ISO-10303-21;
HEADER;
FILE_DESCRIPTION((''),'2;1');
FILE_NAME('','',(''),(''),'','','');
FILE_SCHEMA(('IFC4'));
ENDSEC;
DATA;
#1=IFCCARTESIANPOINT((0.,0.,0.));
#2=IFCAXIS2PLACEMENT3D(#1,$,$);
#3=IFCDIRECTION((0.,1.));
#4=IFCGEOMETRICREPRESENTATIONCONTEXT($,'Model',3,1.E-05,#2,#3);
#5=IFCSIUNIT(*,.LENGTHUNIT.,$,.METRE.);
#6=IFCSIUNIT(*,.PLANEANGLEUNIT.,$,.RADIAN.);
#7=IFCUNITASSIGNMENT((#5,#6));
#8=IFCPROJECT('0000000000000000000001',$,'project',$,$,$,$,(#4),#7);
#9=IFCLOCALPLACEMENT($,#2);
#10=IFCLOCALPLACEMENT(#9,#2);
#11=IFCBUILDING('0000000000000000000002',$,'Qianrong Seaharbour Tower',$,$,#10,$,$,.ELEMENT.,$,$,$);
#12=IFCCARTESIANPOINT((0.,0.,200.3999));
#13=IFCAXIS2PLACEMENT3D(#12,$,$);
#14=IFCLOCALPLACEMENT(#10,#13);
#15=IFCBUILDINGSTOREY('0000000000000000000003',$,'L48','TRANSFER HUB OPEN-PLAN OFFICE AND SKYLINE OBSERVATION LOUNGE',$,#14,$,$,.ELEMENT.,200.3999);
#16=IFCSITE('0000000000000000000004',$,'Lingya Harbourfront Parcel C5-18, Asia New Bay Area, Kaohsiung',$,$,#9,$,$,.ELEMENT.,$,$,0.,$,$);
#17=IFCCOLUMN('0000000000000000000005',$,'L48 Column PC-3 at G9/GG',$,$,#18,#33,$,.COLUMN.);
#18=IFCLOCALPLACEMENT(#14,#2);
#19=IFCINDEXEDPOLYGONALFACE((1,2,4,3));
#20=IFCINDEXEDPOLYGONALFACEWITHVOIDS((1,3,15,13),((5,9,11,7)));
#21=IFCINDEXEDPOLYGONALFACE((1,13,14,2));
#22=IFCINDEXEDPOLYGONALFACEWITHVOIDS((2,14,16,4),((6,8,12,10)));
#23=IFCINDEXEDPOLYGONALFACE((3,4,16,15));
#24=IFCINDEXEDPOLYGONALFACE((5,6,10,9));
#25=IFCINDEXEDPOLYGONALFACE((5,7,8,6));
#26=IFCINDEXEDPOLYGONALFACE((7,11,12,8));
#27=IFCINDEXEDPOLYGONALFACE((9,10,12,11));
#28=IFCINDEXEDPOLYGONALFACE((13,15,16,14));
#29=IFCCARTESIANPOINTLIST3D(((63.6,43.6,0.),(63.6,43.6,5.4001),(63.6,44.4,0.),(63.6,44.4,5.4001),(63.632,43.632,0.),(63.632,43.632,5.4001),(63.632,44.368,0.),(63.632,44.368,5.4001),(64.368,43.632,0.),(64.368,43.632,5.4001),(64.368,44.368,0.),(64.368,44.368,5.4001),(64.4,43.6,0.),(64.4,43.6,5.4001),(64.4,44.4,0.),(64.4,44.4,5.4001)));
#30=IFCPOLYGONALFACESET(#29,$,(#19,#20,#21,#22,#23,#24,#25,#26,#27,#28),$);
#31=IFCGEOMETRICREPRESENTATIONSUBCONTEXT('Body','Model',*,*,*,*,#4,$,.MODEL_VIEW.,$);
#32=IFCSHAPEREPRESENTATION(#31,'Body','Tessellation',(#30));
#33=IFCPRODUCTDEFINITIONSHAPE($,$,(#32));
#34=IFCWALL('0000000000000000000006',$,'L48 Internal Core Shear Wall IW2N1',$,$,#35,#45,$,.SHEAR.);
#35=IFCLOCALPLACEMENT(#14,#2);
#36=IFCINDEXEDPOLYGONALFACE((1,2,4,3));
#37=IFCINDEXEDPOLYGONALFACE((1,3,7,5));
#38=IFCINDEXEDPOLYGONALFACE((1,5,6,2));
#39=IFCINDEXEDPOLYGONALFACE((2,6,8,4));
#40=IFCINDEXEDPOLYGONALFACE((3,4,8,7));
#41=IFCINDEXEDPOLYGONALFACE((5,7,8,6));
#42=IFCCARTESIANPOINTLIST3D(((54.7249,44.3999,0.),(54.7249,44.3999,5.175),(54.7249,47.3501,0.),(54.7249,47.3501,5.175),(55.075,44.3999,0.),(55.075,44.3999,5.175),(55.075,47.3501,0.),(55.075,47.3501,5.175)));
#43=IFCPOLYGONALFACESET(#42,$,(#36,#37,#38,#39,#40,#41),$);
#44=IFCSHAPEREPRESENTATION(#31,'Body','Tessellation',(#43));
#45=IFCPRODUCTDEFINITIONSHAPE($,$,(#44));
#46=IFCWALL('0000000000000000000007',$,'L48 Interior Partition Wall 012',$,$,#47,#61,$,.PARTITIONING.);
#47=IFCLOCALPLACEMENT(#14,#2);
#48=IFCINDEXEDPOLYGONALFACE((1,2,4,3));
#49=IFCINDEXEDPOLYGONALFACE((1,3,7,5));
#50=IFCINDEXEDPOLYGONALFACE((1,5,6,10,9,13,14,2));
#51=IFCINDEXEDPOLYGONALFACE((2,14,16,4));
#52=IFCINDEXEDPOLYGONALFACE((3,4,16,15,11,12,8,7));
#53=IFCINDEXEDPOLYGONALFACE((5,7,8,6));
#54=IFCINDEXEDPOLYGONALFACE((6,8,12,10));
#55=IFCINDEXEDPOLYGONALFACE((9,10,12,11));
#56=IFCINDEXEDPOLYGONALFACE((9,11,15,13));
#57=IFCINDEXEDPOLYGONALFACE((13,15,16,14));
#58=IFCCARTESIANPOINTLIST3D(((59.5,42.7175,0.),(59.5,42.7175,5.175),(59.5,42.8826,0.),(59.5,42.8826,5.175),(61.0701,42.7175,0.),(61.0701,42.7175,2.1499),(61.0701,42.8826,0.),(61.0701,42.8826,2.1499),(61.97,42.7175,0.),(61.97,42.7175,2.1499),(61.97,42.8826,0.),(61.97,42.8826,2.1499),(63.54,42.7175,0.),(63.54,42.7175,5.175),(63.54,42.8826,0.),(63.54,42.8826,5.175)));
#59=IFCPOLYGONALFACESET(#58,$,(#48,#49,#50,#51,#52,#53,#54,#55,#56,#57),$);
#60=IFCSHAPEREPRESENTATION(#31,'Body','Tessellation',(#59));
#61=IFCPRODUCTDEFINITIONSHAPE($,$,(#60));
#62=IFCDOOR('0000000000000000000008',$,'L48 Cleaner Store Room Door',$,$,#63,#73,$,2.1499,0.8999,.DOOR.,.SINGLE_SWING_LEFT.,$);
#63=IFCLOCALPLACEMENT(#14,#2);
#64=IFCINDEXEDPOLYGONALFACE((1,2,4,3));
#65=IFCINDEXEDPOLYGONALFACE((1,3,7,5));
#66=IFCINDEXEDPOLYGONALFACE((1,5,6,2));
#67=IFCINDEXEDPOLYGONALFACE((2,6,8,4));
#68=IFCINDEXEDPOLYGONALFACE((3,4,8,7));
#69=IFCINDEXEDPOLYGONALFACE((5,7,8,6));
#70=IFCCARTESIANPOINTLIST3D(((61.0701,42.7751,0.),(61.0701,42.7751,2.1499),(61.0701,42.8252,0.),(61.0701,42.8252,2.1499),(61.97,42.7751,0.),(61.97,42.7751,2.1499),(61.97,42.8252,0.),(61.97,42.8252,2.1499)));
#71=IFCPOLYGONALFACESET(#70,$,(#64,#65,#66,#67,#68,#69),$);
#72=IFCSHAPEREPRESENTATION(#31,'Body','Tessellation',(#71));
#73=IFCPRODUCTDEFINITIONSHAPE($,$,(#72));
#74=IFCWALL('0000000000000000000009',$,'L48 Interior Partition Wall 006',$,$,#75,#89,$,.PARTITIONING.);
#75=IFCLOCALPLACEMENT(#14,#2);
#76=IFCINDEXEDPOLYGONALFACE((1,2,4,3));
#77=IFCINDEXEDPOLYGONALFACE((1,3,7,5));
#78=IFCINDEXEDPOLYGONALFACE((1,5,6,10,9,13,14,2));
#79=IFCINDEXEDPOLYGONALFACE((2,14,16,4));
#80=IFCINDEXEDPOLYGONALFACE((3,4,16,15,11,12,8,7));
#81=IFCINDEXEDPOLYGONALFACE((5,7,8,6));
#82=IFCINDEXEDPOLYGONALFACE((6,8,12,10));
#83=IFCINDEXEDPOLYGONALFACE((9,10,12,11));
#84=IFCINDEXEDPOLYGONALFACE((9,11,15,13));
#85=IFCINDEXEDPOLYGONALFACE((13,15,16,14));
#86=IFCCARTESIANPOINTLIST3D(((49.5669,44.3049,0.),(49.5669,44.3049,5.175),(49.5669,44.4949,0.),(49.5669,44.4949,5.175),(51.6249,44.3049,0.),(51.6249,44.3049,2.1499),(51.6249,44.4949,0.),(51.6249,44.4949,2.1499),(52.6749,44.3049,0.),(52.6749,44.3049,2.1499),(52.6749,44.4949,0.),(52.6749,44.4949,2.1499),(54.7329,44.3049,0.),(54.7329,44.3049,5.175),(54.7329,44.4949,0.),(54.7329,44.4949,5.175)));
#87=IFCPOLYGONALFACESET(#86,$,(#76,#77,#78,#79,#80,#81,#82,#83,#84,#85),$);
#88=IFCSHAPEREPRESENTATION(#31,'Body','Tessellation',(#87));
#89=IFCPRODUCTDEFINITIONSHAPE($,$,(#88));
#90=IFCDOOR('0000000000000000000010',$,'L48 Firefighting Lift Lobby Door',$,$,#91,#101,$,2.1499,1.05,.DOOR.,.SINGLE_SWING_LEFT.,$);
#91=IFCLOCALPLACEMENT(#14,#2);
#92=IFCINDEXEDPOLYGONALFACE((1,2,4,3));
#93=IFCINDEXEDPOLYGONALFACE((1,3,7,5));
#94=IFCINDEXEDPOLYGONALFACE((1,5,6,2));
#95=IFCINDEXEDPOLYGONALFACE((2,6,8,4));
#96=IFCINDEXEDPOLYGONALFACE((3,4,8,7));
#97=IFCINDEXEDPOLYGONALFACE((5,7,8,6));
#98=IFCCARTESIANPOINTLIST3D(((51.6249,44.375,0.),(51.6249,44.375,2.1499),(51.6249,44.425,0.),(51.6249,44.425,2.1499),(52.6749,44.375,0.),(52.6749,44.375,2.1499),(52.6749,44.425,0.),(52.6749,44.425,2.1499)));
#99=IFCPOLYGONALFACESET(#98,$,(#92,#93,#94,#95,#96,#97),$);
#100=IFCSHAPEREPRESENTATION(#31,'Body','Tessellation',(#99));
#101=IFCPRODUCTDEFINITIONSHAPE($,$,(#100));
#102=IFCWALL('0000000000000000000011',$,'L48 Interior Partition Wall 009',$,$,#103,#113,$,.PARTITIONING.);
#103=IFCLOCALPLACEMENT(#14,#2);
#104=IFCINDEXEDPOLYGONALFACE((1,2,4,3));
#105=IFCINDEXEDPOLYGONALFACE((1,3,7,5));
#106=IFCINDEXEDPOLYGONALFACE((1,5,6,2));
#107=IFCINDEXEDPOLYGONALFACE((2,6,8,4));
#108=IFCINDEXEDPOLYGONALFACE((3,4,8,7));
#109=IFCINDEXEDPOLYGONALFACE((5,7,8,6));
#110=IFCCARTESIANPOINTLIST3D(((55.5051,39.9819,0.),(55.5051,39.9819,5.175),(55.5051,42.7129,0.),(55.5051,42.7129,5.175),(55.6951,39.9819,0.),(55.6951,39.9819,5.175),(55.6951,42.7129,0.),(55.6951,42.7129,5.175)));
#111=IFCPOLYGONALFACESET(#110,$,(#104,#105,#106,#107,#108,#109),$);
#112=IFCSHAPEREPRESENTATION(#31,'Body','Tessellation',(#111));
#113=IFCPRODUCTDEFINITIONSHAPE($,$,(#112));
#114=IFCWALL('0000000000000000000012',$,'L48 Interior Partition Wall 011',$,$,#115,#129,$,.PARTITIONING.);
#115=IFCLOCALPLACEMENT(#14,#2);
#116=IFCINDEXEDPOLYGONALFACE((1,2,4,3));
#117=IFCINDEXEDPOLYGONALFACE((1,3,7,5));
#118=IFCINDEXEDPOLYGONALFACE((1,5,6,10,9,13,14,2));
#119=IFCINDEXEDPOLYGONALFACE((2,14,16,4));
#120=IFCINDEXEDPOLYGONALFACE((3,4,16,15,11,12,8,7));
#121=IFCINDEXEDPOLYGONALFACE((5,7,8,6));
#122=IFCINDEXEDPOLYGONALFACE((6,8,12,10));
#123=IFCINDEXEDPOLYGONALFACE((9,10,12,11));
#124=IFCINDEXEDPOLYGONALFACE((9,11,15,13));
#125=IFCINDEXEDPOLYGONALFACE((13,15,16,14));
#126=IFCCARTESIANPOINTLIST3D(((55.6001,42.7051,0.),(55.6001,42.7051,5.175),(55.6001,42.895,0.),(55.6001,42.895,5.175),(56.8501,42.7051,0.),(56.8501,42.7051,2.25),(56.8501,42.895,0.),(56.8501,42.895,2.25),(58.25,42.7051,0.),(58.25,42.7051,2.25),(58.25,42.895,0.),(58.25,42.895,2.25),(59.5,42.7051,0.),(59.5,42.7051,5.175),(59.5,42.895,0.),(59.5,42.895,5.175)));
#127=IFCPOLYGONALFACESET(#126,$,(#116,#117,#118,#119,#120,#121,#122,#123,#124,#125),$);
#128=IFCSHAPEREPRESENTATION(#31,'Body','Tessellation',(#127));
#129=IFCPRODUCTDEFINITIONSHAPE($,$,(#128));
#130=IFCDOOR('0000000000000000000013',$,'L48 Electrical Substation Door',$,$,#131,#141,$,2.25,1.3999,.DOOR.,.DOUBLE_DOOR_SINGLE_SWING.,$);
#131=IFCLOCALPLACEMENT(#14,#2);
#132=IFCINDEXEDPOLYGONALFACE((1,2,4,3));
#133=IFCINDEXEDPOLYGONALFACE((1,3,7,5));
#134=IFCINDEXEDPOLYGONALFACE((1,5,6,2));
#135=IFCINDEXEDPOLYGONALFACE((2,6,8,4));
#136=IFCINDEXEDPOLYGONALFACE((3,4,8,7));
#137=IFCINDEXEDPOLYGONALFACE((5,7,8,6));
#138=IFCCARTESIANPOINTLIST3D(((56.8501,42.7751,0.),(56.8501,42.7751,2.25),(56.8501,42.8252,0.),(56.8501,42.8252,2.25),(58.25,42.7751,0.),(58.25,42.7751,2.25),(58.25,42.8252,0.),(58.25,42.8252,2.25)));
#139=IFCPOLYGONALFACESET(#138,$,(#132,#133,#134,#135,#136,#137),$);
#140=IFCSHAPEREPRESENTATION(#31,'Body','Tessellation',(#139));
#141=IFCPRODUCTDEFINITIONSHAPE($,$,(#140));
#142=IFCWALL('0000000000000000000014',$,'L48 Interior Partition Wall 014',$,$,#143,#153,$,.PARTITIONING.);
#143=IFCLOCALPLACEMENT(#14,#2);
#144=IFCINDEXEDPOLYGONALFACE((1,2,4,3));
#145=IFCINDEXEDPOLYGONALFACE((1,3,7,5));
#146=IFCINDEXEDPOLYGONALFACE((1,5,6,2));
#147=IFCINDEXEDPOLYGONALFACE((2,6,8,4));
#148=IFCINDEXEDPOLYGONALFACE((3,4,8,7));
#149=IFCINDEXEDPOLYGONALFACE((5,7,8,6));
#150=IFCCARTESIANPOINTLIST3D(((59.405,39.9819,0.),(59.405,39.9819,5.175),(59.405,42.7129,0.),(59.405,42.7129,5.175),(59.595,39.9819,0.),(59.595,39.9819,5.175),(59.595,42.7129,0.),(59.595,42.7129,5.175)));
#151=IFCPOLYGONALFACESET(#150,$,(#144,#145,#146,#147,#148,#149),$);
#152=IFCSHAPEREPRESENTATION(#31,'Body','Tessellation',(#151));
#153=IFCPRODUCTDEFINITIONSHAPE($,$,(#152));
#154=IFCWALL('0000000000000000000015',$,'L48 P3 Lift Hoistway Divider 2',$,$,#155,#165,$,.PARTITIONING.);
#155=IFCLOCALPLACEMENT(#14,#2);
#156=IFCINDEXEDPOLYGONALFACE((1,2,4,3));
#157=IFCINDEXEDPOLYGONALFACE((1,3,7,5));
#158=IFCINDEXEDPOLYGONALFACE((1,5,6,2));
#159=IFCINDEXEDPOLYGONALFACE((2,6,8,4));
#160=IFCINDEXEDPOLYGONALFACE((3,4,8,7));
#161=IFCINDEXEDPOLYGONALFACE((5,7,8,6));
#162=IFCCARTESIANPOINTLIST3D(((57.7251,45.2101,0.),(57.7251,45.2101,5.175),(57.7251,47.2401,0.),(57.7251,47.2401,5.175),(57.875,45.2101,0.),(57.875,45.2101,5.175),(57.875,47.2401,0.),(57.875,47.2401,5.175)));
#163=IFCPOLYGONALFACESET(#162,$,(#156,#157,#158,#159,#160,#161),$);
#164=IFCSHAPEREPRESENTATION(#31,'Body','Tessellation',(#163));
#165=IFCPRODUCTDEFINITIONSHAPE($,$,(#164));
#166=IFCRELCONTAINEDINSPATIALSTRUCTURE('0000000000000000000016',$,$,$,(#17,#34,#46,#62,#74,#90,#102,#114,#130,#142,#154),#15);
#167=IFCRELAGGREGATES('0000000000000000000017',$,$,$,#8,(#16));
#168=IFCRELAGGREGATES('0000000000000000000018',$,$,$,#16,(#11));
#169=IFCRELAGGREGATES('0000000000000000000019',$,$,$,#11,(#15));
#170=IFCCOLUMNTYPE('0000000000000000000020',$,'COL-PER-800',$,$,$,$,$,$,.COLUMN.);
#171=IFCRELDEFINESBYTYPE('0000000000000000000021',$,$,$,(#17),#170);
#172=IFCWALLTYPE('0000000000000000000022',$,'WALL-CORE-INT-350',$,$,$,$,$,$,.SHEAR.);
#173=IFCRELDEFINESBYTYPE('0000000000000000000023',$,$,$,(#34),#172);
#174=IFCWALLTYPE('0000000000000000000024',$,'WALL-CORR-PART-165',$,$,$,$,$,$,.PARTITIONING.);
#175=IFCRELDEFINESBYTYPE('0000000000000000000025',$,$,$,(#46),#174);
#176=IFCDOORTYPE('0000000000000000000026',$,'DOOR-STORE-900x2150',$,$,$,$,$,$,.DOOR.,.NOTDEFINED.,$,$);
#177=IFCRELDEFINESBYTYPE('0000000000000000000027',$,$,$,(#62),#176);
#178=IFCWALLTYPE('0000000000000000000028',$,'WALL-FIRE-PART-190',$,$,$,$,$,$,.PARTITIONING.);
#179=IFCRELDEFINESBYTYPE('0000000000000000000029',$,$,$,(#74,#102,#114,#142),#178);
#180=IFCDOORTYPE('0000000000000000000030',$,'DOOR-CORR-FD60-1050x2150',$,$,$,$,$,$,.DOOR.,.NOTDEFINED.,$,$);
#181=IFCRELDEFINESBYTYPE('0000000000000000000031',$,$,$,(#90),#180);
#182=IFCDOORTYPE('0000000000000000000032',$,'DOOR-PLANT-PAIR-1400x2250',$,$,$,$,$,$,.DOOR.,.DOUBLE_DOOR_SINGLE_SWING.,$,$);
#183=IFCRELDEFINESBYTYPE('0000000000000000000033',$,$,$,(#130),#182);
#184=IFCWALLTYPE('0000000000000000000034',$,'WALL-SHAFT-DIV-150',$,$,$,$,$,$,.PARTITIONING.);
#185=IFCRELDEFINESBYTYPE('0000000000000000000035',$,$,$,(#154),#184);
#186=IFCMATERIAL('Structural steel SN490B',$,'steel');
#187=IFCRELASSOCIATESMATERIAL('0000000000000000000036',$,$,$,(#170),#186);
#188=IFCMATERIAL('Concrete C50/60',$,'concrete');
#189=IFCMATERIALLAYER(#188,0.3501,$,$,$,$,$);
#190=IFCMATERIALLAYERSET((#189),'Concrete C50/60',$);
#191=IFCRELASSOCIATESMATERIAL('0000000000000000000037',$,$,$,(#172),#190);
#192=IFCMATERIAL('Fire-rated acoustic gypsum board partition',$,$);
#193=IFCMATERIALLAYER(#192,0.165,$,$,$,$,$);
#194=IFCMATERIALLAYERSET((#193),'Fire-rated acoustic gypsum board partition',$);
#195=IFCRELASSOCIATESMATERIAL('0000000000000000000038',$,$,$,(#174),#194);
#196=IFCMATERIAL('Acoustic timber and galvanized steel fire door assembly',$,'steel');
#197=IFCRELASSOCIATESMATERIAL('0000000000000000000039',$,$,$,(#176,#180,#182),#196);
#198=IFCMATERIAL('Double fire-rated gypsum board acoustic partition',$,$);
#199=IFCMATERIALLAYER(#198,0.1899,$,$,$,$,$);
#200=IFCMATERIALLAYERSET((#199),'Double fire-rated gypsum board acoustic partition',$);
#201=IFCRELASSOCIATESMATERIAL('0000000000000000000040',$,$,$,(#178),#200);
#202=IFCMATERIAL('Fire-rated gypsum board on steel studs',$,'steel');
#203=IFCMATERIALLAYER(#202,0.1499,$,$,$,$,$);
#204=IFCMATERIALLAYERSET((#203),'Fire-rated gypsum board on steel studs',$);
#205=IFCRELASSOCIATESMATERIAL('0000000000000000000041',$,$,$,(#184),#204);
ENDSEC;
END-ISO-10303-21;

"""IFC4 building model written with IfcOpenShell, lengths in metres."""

from ifc_helpers import new_model, si_unit, direction, frame, frame_2d, origin, origin_2d, place, context, subcontext, project, spatial, rectangle, hollow_rectangle, extrude, material, layer, layer_set, material_profile, profile_set, type_object, element, fill, save


model = new_model("IFC4")

# Units and contexts
model_context = context("Model", 3, precision=1e-05, world=origin(), true_north=direction((0.0, 1.0)))
body_context = subcontext(model_context, "Body", "Model", "MODEL_VIEW")
ifc_project = project(units=[si_unit("LENGTHUNIT", "METRE"), si_unit("PLANEANGLEUNIT", "RADIAN")], contexts=[model_context])

# Site, building, storey
site_placement = place(None, origin())
site = spatial("IfcSite", under=ifc_project, at=site_placement, Name="Lingya Harbourfront Parcel C5-18, Asia New Bay Area, Kaohsiung", CompositionType="ELEMENT", RefElevation=0.0)
building_placement = place(site_placement, origin())
building = spatial("IfcBuilding", under=site, at=building_placement, Name="Qianrong Seaharbour Tower", CompositionType="ELEMENT")
storey_placement = place(building_placement, frame((0.0, 0.0, 200.3999)))
storey = spatial("IfcBuildingStorey", under=building, at=storey_placement, Name="L48", Description="TRANSFER HUB OPEN-PLAN OFFICE AND SKYLINE OBSERVATION LOUNGE", CompositionType="ELEMENT", Elevation=200.3999)

# Column
ifc_material_1 = material(Name="Structural steel SN490B", Category="steel")
ifc_material_profile = material_profile(ifc_material_1, hollow_rectangle(XDim=0.8, YDim=0.8, WallThickness=0.032, at=origin_2d()), Name="BOX800x800x32")
ifc_profile_set = profile_set([ifc_material_profile], Name="Structural steel SN490B")
column_type = type_object("IfcColumnType", Name="COL-PER-800", PredefinedType="COLUMN", material=ifc_profile_set)
column_placement = place(storey_placement, frame((64.0, 44.0, 0.0), z_axis=(0.0, 0.0, 1.0), x_axis=(1.0, 0.0, 0.0)))
element("IfcColumn", 1, at=column_placement, inside=storey, type_object=column_type, Name="L48 Column PC-3 at G9/GG", PredefinedType="COLUMN", context=body_context, shape_type="SweptSolid", body=[
    extrude(hollow_rectangle(XDim=0.8, YDim=0.8, WallThickness=0.032, at=origin_2d()), origin(), (0.0, 0.0, 1.0), 5.4001),
])

# Wall
ifc_material_2 = material(Name="Concrete C50/60", Category="concrete")
ifc_layer_1 = layer(ifc_material_2, 0.3501)
ifc_layer_set_1 = layer_set([ifc_layer_1], Name="Concrete C50/60")
wall_type_1 = type_object("IfcWallType", Name="WALL-CORE-INT-350", PredefinedType="SHEAR", material=ifc_layer_set_1)
wall_1_placement = place(storey_placement, frame((54.8999, 44.3999, 0.0), z_axis=(0.0, 0.0, 1.0), x_axis=(0.0, 1.0, 0.0)))
element("IfcWall", 2, at=wall_1_placement, inside=storey, type_object=wall_type_1, Name="L48 Internal Core Shear Wall IW2N1", PredefinedType="SHEAR", context=body_context, shape_type="SweptSolid", body=[
    extrude(rectangle(XDim=2.9502, YDim=0.3501, at=frame_2d((1.4751, 0.0))), origin(), (0.0, 0.0, 1.0), 5.175),
])

# Walls, openings, doors
ifc_material_3 = material(Name="Fire-rated acoustic gypsum board partition")
ifc_layer_2 = layer(ifc_material_3, 0.165)
ifc_layer_set_2 = layer_set([ifc_layer_2], Name="Fire-rated acoustic gypsum board partition")
wall_type_2 = type_object("IfcWallType", Name="WALL-CORR-PART-165", PredefinedType="PARTITIONING", material=ifc_layer_set_2)
wall_2_placement = place(storey_placement, frame((63.54, 42.8, 0.0), z_axis=(0.0, 0.0, 1.0), x_axis=(-1.0, 0.0, 0.0)))
wall_2 = element("IfcWall", 3, at=wall_2_placement, inside=storey, type_object=wall_type_2, Name="L48 Interior Partition Wall 012", PredefinedType="PARTITIONING", context=body_context, shape_type="SweptSolid", body=[
    extrude(rectangle(XDim=4.04, YDim=0.165, at=frame_2d((2.02, 0.0))), origin(), (0.0, 0.0, 1.0), 5.175),
])
opening_1_placement = place(wall_2_placement, frame((1.5701, 0.0, 0.0)))
opening_1 = element("IfcOpeningElement", 4, at=opening_1_placement, cuts=wall_2, PredefinedType="OPENING", context=body_context, shape_type="SweptSolid", body=[
    extrude(rectangle(XDim=0.8999, YDim=2.1499, at=frame_2d((0.45, 1.075))), frame((0.0, 0.0925, 0.0), z_axis=(0.0, -1.0, 0.0), x_axis=(1.0, 0.0, 0.0)), (0.0, 0.0, 1.0), 0.1851),
])
ifc_material_4 = material(Name="Acoustic timber and galvanized steel fire door assembly", Category="steel")
door_type_1 = type_object("IfcDoorType", Name="DOOR-STORE-900x2150", OperationType="NOTDEFINED", PredefinedType="DOOR", material=ifc_material_4)
door_1_placement = place(opening_1_placement, origin())
door_1 = element("IfcDoor", 5, at=door_1_placement, inside=storey, type_object=door_type_1, Name="L48 Cleaner Store Room Door", OperationType="SINGLE_SWING_LEFT", OverallHeight=2.1499, OverallWidth=0.8999, PredefinedType="DOOR", context=body_context, shape_type="SweptSolid", body=[
    extrude(rectangle(XDim=0.8999, YDim=2.1499, at=frame_2d((0.45, 1.075))), frame((0.0, 0.0249, 0.0), z_axis=(0.0, -1.0, 0.0), x_axis=(1.0, 0.0, 0.0)), (0.0, 0.0, 1.0), 0.05),
])
fill(opening_1, door_1)
ifc_material_5 = material(Name="Double fire-rated gypsum board acoustic partition")
ifc_layer_3 = layer(ifc_material_5, 0.1899)
ifc_layer_set_3 = layer_set([ifc_layer_3], Name="Double fire-rated gypsum board acoustic partition")
wall_type_3 = type_object("IfcWallType", Name="WALL-FIRE-PART-190", PredefinedType="PARTITIONING", material=ifc_layer_set_3)
wall_3_placement = place(storey_placement, frame((54.7329, 44.3999, 0.0), z_axis=(0.0, 0.0, 1.0), x_axis=(-1.0, 0.0, 0.0)))
wall_3 = element("IfcWall", 6, at=wall_3_placement, inside=storey, type_object=wall_type_3, Name="L48 Interior Partition Wall 006", PredefinedType="PARTITIONING", context=body_context, shape_type="SweptSolid", body=[
    extrude(rectangle(XDim=5.166, YDim=0.1899, at=frame_2d((2.583, 0.0))), origin(), (0.0, 0.0, 1.0), 5.175),
])
opening_2_placement = place(wall_3_placement, frame((2.0581, 0.0, 0.0)))
opening_2 = element("IfcOpeningElement", 7, at=opening_2_placement, cuts=wall_3, PredefinedType="OPENING", context=body_context, shape_type="SweptSolid", body=[
    extrude(rectangle(XDim=1.05, YDim=2.1499, at=frame_2d((0.5249, 1.075))), frame((0.0, 0.105, 0.0), z_axis=(0.0, -1.0, 0.0), x_axis=(1.0, 0.0, 0.0)), (0.0, 0.0, 1.0), 0.21),
])
door_type_2 = type_object("IfcDoorType", Name="DOOR-CORR-FD60-1050x2150", OperationType="NOTDEFINED", PredefinedType="DOOR", material=ifc_material_4)
door_2_placement = place(opening_2_placement, origin())
door_2 = element("IfcDoor", 8, at=door_2_placement, inside=storey, type_object=door_type_2, Name="L48 Firefighting Lift Lobby Door", OperationType="SINGLE_SWING_LEFT", OverallHeight=2.1499, OverallWidth=1.05, PredefinedType="DOOR", context=body_context, shape_type="SweptSolid", body=[
    extrude(rectangle(XDim=1.05, YDim=2.1499, at=frame_2d((0.5249, 1.075))), frame((0.0, 0.0249, 0.0), z_axis=(0.0, -1.0, 0.0), x_axis=(1.0, 0.0, 0.0)), (0.0, 0.0, 1.0), 0.05),
])
fill(opening_2, door_2)

# Wall
wall_4_placement = place(storey_placement, frame((55.6001, 42.7129, 0.0), z_axis=(0.0, 0.0, 1.0), x_axis=(0.0, -1.0, 0.0)))
element("IfcWall", 9, at=wall_4_placement, inside=storey, type_object=wall_type_3, Name="L48 Interior Partition Wall 009", PredefinedType="PARTITIONING", context=body_context, shape_type="SweptSolid", body=[
    extrude(rectangle(XDim=2.731, YDim=0.1899, at=frame_2d((1.3655, 0.0))), origin(), (0.0, 0.0, 1.0), 5.175),
])

# Wall, opening, door
wall_5_placement = place(storey_placement, frame((59.5, 42.8, 0.0), z_axis=(0.0, 0.0, 1.0), x_axis=(-1.0, 0.0, 0.0)))
wall_5 = element("IfcWall", 10, at=wall_5_placement, inside=storey, type_object=wall_type_3, Name="L48 Interior Partition Wall 011", PredefinedType="PARTITIONING", context=body_context, shape_type="SweptSolid", body=[
    extrude(rectangle(XDim=3.8999, YDim=0.1899, at=frame_2d((1.95, 0.0))), origin(), (0.0, 0.0, 1.0), 5.175),
])
opening_3_placement = place(wall_5_placement, frame((1.25, 0.0, 0.0)))
opening_3 = element("IfcOpeningElement", 11, at=opening_3_placement, cuts=wall_5, PredefinedType="OPENING", context=body_context, shape_type="SweptSolid", body=[
    extrude(rectangle(XDim=1.3999, YDim=2.25, at=frame_2d((0.7, 1.125))), frame((0.0, 0.105, 0.0), z_axis=(0.0, -1.0, 0.0), x_axis=(1.0, 0.0, 0.0)), (0.0, 0.0, 1.0), 0.21),
])
door_type_3 = type_object("IfcDoorType", Name="DOOR-PLANT-PAIR-1400x2250", OperationType="DOUBLE_DOOR_SINGLE_SWING", PredefinedType="DOOR", material=ifc_material_4)
door_3_placement = place(opening_3_placement, origin())
door_3 = element("IfcDoor", 12, at=door_3_placement, inside=storey, type_object=door_type_3, Name="L48 Electrical Substation Door", OperationType="DOUBLE_DOOR_SINGLE_SWING", OverallHeight=2.25, OverallWidth=1.3999, PredefinedType="DOOR", context=body_context, shape_type="SweptSolid", body=[
    extrude(rectangle(XDim=1.3999, YDim=2.25, at=frame_2d((0.7, 1.125))), frame((0.0, 0.0249, 0.0), z_axis=(0.0, -1.0, 0.0), x_axis=(1.0, 0.0, 0.0)), (0.0, 0.0, 1.0), 0.05),
])
fill(opening_3, door_3)

# Walls
wall_6_placement = place(storey_placement, frame((59.5, 42.7129, 0.0), z_axis=(0.0, 0.0, 1.0), x_axis=(0.0, -1.0, 0.0)))
element("IfcWall", 13, at=wall_6_placement, inside=storey, type_object=wall_type_3, Name="L48 Interior Partition Wall 014", PredefinedType="PARTITIONING", context=body_context, shape_type="SweptSolid", body=[
    extrude(rectangle(XDim=2.731, YDim=0.1899, at=frame_2d((1.3655, 0.0))), origin(), (0.0, 0.0, 1.0), 5.175),
])
ifc_material_6 = material(Name="Fire-rated gypsum board on steel studs", Category="steel")
ifc_layer_4 = layer(ifc_material_6, 0.1499)
ifc_layer_set_4 = layer_set([ifc_layer_4], Name="Fire-rated gypsum board on steel studs")
wall_type_4 = type_object("IfcWallType", Name="WALL-SHAFT-DIV-150", PredefinedType="PARTITIONING", material=ifc_layer_set_4)
wall_7_placement = place(storey_placement, frame((57.8, 45.21, 0.0), z_axis=(0.0, 0.0, 1.0), x_axis=(0.0, 1.0, 0.0)))
element("IfcWall", 14, at=wall_7_placement, inside=storey, type_object=wall_type_4, Name="L48 P3 Lift Hoistway Divider 2", PredefinedType="PARTITIONING", context=body_context, shape_type="SweptSolid", body=[
    extrude(rectangle(XDim=2.03, YDim=0.1499, at=frame_2d((1.0151, 0.0))), origin(), (0.0, 0.0, 1.0), 5.175),
])

save(model, "model.ifc")
